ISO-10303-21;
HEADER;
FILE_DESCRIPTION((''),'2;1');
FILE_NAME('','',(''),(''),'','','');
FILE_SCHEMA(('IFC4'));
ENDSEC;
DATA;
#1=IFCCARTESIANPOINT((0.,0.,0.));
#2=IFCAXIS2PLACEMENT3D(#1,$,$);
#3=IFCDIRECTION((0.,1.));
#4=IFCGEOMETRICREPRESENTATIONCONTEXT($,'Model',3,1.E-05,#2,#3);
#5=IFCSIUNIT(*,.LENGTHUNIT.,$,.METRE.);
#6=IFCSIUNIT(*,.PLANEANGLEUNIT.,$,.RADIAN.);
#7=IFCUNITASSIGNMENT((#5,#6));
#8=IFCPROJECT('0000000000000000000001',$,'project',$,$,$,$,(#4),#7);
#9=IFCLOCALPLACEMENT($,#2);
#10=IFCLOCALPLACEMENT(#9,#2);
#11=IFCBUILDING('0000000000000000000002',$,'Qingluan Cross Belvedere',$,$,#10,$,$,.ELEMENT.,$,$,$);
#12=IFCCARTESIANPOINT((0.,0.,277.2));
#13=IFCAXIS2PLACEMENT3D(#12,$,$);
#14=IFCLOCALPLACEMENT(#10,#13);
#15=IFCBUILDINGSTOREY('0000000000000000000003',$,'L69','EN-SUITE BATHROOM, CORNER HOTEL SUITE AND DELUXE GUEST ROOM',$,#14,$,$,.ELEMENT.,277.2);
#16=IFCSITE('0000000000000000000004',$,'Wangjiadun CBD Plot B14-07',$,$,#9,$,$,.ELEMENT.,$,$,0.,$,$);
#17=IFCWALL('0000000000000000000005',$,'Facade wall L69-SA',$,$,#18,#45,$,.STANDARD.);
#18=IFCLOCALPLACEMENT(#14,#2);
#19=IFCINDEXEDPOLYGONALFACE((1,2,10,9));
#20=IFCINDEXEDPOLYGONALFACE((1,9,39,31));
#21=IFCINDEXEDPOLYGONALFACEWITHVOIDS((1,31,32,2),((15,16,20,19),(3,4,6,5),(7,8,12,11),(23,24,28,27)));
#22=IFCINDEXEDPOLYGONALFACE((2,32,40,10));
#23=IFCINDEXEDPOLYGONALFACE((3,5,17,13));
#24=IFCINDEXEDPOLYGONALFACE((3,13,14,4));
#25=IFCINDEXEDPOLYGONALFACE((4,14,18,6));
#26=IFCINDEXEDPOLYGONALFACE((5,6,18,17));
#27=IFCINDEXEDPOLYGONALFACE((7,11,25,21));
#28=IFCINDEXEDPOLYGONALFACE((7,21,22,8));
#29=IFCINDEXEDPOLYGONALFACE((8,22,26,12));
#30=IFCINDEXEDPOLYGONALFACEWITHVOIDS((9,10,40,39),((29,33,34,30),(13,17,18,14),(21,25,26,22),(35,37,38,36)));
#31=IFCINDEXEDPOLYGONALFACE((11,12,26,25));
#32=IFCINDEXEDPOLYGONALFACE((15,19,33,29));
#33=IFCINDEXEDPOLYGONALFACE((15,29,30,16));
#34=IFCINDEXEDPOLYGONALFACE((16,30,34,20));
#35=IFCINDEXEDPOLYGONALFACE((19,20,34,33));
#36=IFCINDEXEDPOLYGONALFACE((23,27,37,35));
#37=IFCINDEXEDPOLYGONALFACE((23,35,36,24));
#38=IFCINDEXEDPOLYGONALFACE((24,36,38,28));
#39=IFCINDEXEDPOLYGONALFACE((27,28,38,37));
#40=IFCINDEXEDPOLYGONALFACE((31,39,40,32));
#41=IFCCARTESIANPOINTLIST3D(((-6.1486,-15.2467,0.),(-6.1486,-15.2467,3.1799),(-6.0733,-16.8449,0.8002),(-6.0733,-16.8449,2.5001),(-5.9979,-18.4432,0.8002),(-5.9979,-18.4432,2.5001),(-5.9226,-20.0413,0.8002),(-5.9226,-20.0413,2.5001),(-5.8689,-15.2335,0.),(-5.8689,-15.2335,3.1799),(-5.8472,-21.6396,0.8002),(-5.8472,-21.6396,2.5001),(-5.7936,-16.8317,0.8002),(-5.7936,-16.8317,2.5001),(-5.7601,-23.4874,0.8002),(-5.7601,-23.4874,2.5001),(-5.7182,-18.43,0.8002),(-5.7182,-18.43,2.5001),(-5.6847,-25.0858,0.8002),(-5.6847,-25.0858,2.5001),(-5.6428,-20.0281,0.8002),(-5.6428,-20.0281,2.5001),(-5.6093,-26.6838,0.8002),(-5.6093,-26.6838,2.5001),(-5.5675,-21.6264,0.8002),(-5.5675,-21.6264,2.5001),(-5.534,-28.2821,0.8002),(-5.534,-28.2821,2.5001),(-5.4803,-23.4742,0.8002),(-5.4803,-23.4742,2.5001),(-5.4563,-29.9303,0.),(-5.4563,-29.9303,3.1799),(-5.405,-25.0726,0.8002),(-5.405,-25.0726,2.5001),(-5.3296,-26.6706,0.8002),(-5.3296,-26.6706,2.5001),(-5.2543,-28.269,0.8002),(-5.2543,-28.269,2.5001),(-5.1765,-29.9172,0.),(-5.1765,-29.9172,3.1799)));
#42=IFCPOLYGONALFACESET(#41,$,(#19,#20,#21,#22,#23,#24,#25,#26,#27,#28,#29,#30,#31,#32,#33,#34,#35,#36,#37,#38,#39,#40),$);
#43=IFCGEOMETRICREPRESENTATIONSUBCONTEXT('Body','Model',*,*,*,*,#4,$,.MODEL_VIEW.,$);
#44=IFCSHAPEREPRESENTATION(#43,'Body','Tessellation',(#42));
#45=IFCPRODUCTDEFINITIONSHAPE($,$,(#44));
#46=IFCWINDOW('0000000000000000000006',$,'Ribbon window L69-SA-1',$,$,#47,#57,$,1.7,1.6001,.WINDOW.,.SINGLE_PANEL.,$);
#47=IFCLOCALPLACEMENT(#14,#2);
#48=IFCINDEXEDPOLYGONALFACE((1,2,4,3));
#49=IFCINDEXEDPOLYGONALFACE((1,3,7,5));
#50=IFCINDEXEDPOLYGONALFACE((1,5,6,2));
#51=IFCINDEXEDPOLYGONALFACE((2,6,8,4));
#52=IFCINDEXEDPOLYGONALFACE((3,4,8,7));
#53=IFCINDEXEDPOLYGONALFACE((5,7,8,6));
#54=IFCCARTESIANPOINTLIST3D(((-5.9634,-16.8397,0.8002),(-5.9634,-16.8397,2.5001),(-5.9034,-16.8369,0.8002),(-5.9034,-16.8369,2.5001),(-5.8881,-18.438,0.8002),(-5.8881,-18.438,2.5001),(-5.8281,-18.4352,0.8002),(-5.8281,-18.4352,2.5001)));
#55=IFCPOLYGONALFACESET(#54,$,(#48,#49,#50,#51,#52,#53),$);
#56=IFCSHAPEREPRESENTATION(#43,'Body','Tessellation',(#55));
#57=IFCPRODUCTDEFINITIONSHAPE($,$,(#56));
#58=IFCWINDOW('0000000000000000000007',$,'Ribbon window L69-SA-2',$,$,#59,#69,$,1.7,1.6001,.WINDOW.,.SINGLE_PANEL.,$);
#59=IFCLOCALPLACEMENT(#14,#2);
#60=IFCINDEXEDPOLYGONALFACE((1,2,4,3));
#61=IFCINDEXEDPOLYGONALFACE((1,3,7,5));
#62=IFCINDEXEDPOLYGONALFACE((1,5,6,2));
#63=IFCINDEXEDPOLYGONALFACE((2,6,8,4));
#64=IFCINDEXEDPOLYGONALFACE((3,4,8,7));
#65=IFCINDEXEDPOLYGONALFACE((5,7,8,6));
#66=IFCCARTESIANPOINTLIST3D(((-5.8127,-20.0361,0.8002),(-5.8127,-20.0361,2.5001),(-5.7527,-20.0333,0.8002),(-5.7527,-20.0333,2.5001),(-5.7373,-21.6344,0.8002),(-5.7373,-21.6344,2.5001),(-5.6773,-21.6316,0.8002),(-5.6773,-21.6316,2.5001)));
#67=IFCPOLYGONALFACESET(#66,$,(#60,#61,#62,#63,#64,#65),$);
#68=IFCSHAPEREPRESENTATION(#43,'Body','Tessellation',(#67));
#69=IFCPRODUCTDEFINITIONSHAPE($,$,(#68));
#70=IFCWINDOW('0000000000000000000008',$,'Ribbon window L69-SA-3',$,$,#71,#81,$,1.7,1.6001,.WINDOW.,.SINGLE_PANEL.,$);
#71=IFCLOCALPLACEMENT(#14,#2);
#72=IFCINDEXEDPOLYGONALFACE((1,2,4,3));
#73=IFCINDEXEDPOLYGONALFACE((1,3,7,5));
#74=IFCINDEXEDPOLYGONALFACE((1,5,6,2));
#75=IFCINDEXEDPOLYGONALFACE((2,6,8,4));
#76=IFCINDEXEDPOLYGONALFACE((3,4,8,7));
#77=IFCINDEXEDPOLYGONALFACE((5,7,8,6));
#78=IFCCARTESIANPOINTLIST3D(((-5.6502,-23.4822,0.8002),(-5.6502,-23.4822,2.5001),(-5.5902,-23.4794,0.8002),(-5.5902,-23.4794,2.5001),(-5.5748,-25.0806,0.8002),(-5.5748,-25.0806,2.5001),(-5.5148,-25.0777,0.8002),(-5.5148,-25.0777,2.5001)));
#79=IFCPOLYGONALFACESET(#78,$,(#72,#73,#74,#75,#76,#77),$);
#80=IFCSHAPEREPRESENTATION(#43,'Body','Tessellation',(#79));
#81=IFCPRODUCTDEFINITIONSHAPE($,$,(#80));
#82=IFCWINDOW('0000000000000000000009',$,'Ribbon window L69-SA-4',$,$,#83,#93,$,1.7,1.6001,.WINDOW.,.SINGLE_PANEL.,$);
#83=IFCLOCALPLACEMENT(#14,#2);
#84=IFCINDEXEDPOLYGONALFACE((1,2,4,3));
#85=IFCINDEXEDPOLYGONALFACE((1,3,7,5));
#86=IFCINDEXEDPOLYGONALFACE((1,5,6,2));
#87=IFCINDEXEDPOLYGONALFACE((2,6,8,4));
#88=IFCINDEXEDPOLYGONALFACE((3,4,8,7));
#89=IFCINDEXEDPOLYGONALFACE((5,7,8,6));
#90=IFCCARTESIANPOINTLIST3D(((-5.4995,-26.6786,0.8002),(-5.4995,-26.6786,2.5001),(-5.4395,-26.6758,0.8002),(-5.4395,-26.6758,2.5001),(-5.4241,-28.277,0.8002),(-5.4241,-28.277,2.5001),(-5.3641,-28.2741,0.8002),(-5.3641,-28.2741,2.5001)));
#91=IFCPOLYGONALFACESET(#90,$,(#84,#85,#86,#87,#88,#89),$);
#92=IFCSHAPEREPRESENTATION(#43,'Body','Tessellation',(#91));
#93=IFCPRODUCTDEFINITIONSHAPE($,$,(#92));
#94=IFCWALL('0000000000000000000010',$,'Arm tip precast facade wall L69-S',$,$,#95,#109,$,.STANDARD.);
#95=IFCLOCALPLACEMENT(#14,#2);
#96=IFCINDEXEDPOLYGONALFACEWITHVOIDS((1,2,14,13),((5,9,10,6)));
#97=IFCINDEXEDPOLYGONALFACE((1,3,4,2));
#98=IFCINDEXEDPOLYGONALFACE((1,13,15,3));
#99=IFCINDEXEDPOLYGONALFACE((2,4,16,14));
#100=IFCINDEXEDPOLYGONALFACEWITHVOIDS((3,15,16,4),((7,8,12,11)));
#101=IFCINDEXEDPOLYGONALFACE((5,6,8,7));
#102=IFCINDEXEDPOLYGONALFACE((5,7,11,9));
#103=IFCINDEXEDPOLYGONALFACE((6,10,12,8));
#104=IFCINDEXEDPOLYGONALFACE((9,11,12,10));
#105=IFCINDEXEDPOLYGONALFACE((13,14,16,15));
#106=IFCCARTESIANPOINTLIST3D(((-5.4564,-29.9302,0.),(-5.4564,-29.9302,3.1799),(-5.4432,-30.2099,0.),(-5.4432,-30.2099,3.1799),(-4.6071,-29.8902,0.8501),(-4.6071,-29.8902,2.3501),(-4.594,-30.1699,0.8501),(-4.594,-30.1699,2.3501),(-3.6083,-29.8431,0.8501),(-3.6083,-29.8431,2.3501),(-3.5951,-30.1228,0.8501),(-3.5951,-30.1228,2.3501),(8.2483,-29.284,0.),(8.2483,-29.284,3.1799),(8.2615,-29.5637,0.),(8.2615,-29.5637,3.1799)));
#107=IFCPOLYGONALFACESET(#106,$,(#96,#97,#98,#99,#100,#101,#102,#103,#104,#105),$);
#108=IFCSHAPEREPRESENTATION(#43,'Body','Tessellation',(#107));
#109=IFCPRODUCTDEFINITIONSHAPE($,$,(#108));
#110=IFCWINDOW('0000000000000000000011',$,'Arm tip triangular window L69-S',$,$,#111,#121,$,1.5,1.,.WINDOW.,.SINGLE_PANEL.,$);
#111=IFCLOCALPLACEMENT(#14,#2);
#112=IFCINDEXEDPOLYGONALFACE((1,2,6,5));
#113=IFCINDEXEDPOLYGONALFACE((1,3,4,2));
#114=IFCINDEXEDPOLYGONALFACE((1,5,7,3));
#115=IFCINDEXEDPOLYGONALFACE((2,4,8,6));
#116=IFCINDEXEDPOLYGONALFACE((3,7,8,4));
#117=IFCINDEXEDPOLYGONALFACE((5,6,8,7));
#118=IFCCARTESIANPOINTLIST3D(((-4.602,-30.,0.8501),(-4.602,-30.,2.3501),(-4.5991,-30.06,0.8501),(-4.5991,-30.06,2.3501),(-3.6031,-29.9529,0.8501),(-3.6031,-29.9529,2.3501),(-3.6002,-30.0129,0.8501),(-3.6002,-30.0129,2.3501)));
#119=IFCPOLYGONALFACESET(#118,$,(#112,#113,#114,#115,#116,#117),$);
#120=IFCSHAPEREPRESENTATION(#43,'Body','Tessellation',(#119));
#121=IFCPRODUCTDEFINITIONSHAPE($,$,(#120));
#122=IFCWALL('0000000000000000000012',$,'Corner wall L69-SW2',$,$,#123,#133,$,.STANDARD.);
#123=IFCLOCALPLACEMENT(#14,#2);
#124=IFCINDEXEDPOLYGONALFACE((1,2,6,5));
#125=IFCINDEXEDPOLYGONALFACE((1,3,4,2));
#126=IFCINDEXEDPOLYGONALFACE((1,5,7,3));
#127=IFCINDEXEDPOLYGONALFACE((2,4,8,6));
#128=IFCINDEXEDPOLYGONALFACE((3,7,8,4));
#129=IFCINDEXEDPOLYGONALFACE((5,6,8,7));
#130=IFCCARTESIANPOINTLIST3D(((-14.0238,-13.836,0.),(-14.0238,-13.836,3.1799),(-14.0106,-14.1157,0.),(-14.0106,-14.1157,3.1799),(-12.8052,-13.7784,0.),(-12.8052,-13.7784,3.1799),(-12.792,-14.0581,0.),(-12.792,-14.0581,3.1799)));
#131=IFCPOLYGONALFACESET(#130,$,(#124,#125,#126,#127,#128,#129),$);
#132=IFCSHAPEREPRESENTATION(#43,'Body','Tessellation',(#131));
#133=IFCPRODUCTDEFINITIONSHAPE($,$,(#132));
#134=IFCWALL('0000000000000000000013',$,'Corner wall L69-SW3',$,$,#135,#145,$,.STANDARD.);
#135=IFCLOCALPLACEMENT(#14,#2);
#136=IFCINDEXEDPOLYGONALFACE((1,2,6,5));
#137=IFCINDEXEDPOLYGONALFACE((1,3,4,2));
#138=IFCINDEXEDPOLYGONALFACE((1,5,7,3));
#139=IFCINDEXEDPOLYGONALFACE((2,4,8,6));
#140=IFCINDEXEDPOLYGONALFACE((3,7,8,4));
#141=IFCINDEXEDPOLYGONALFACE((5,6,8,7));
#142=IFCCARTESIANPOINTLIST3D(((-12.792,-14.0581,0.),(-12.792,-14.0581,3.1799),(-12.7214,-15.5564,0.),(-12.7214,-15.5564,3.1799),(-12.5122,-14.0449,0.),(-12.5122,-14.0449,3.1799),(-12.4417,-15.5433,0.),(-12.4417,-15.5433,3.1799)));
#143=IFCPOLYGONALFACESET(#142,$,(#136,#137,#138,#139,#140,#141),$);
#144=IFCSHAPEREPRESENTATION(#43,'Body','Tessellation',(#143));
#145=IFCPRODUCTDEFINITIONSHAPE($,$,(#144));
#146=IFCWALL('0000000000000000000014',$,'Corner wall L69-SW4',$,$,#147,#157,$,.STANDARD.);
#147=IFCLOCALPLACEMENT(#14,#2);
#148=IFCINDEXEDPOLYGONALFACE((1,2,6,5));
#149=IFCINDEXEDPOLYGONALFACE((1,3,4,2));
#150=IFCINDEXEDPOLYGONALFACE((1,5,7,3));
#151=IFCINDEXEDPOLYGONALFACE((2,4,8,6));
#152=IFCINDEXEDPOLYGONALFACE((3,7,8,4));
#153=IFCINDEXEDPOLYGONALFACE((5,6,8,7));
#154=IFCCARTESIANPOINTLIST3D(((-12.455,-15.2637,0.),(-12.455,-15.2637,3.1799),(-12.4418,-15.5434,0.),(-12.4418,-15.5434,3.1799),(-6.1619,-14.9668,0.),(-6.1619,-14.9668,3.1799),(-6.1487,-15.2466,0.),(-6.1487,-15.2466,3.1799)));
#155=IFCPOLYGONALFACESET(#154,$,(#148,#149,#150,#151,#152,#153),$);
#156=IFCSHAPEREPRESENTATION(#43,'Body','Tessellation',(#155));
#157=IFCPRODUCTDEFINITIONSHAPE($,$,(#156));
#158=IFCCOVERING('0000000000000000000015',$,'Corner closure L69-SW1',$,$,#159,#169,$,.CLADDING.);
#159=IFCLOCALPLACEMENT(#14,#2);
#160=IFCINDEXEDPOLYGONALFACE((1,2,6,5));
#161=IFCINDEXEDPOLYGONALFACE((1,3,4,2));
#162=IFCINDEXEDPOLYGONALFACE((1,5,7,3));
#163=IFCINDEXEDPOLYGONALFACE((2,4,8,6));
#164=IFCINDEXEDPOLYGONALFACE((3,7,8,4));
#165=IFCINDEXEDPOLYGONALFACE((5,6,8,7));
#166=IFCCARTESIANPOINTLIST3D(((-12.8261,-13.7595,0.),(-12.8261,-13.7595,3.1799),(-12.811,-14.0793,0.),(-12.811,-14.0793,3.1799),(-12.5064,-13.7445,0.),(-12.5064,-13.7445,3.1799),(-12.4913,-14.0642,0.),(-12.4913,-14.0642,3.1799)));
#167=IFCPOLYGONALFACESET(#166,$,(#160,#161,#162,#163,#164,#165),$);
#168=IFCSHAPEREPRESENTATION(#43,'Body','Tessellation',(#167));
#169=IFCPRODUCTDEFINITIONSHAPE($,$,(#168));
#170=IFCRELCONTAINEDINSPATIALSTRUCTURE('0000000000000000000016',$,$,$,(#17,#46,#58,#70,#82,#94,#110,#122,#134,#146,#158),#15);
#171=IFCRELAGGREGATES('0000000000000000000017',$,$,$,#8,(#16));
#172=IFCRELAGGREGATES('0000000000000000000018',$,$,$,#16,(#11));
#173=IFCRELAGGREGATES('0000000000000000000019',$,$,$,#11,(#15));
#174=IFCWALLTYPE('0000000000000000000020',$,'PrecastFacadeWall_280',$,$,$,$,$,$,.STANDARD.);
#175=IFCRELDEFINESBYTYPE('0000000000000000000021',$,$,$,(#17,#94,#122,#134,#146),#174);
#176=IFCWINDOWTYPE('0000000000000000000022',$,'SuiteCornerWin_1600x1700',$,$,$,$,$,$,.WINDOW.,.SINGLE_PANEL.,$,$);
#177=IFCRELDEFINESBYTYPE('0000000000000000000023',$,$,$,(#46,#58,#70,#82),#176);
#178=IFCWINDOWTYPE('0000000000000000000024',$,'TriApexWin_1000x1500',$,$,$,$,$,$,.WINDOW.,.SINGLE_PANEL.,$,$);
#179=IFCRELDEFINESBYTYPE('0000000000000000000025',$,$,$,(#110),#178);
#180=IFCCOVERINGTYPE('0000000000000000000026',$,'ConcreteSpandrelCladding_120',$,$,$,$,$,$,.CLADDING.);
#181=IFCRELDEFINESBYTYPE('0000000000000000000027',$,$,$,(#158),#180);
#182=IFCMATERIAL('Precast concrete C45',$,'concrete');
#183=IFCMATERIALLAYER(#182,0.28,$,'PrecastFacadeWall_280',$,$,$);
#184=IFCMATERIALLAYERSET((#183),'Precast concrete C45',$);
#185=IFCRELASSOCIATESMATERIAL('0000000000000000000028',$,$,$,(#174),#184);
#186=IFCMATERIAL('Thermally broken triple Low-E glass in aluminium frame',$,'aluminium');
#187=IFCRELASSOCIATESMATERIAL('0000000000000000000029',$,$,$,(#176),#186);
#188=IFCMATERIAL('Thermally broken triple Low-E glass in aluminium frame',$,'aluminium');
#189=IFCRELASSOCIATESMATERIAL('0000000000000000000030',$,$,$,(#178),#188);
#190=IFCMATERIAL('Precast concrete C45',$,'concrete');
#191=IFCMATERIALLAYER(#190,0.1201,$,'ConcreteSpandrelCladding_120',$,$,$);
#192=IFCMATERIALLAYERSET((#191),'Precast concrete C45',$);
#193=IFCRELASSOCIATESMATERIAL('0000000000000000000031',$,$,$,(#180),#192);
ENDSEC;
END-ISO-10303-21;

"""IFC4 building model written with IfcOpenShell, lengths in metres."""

from ifc_helpers import new_model, si_unit, direction, frame, frame_2d, origin, origin_2d, place, context, subcontext, project, spatial, rectangle, extrude, material, layer, layer_set, type_object, element, fill, save


model = new_model("IFC4")

# Units and contexts
model_context = context("Model", 3, precision=1e-05, world=origin(), true_north=direction((0.0, 1.0)))
body_context = subcontext(model_context, "Body", "Model", "MODEL_VIEW")
ifc_project = project(units=[si_unit("LENGTHUNIT", "METRE"), si_unit("PLANEANGLEUNIT", "RADIAN")], contexts=[model_context])

# Site, building, storey
site_placement = place(None, origin())
site = spatial("IfcSite", under=ifc_project, at=site_placement, Name="Wangjiadun CBD Plot B14-07", CompositionType="ELEMENT", RefElevation=0.0)
building_placement = place(site_placement, origin())
building = spatial("IfcBuilding", under=site, at=building_placement, Name="Qingluan Cross Belvedere", CompositionType="ELEMENT")
storey_placement = place(building_placement, frame((0.0, 0.0, 277.2)))
storey = spatial("IfcBuildingStorey", under=building, at=storey_placement, Name="L69", Description="EN-SUITE BATHROOM, CORNER HOTEL SUITE AND DELUXE GUEST ROOM", CompositionType="ELEMENT", Elevation=277.2)

# Wall, openings, windows
ifc_material_1 = material(Name="Precast concrete C45", Category="concrete")
ifc_layer_1 = layer(ifc_material_1, 0.28, Name="PrecastFacadeWall_280")
ifc_layer_set_1 = layer_set([ifc_layer_1], Name="Precast concrete C45")
wall_type_1 = type_object("IfcWallType", Name="PrecastFacadeWall_280", PredefinedType="STANDARD", material=ifc_layer_set_1)
wall_1_placement = place(storey_placement, frame((-6.0088, -15.24, 0.0), z_axis=(0.0, 0.0, 1.0), x_axis=(0.047101, -0.99889, 0.0)))
wall_1 = element("IfcWall", 1, at=wall_1_placement, inside=storey, type_object=wall_type_1, Name="Facade wall L69-SA", PredefinedType="STANDARD", context=body_context, shape_type="SweptSolid", body=[
    extrude(rectangle(XDim=14.7, YDim=0.28, at=frame_2d((7.3501, 0.0))), origin(), (0.0, 0.0, 1.0), 3.1799),
])
opening_1_placement = place(wall_1_placement, frame((1.6001, 0.0, 0.8)))
opening_1 = element("IfcOpeningElement", 2, at=opening_1_placement, cuts=wall_1, PredefinedType="OPENING", context=body_context, shape_type="SweptSolid", body=[
    extrude(rectangle(XDim=1.6001, YDim=1.7, at=frame_2d((0.8, 0.8501))), frame((0.0, 0.1499, 0.0), z_axis=(0.0, -1.0, 0.0), x_axis=(1.0, 0.0, 0.0)), (0.0, 0.0, 1.0), 0.3),
])
opening_2_placement = place(wall_1_placement, frame((4.8, 0.0, 0.8)))
opening_2 = element("IfcOpeningElement", 3, at=opening_2_placement, cuts=wall_1, PredefinedType="OPENING", context=body_context, shape_type="SweptSolid", body=[
    extrude(rectangle(XDim=1.6001, YDim=1.7, at=frame_2d((0.8, 0.8501))), frame((0.0, 0.1499, 0.0), z_axis=(0.0, -1.0, 0.0), x_axis=(1.0, 0.0, 0.0)), (0.0, 0.0, 1.0), 0.3),
])
opening_3_placement = place(wall_1_placement, frame((8.25, 0.0, 0.8)))
opening_3 = element("IfcOpeningElement", 4, at=opening_3_placement, cuts=wall_1, PredefinedType="OPENING", context=body_context, shape_type="SweptSolid", body=[
    extrude(rectangle(XDim=1.6001, YDim=1.7, at=frame_2d((0.8, 0.8501))), frame((0.0, 0.1499, 0.0), z_axis=(0.0, -1.0, 0.0), x_axis=(1.0, 0.0, 0.0)), (0.0, 0.0, 1.0), 0.3),
])
opening_4_placement = place(wall_1_placement, frame((11.45, 0.0, 0.8)))
opening_4 = element("IfcOpeningElement", 5, at=opening_4_placement, cuts=wall_1, PredefinedType="OPENING", context=body_context, shape_type="SweptSolid", body=[
    extrude(rectangle(XDim=1.6001, YDim=1.7, at=frame_2d((0.8, 0.8501))), frame((0.0, 0.1499, 0.0), z_axis=(0.0, -1.0, 0.0), x_axis=(1.0, 0.0, 0.0)), (0.0, 0.0, 1.0), 0.3),
])
ifc_material_2 = material(Name="Thermally broken triple Low-E glass in aluminium frame", Category="aluminium")
window_type_1 = type_object("IfcWindowType", Name="SuiteCornerWin_1600x1700", PartitioningType="SINGLE_PANEL", PredefinedType="WINDOW", material=ifc_material_2)
window_1_placement = place(opening_1_placement, origin())
window_1 = element("IfcWindow", 6, at=window_1_placement, inside=storey, type_object=window_type_1, Name="Ribbon window L69-SA-1", OverallHeight=1.7, OverallWidth=1.6001, PartitioningType="SINGLE_PANEL", PredefinedType="WINDOW", context=body_context, shape_type="SweptSolid", body=[
    extrude(rectangle(XDim=1.6001, YDim=1.7, at=frame_2d((0.8, 0.8501))), frame((0.0, 0.03, 0.0), z_axis=(0.0, -1.0, 0.0), x_axis=(1.0, 0.0, 0.0)), (0.0, 0.0, 1.0), 0.0601),
])
fill(opening_1, window_1)
window_2_placement = place(opening_2_placement, origin())
window_2 = element("IfcWindow", 7, at=window_2_placement, inside=storey, type_object=window_type_1, Name="Ribbon window L69-SA-2", OverallHeight=1.7, OverallWidth=1.6001, PartitioningType="SINGLE_PANEL", PredefinedType="WINDOW", context=body_context, shape_type="SweptSolid", body=[
    extrude(rectangle(XDim=1.6001, YDim=1.7, at=frame_2d((0.8, 0.8501))), frame((0.0, 0.03, 0.0), z_axis=(0.0, -1.0, 0.0), x_axis=(1.0, 0.0, 0.0)), (0.0, 0.0, 1.0), 0.0601),
])
fill(opening_2, window_2)
window_3_placement = place(opening_3_placement, origin())
window_3 = element("IfcWindow", 8, at=window_3_placement, inside=storey, type_object=window_type_1, Name="Ribbon window L69-SA-3", OverallHeight=1.7, OverallWidth=1.6001, PartitioningType="SINGLE_PANEL", PredefinedType="WINDOW", context=body_context, shape_type="SweptSolid", body=[
    extrude(rectangle(XDim=1.6001, YDim=1.7, at=frame_2d((0.8, 0.8501))), frame((0.0, 0.03, 0.0), z_axis=(0.0, -1.0, 0.0), x_axis=(1.0, 0.0, 0.0)), (0.0, 0.0, 1.0), 0.0601),
])
fill(opening_3, window_3)
window_4_placement = place(opening_4_placement, origin())
window_4 = element("IfcWindow", 9, at=window_4_placement, inside=storey, type_object=window_type_1, Name="Ribbon window L69-SA-4", OverallHeight=1.7, OverallWidth=1.6001, PartitioningType="SINGLE_PANEL", PredefinedType="WINDOW", context=body_context, shape_type="SweptSolid", body=[
    extrude(rectangle(XDim=1.6001, YDim=1.7, at=frame_2d((0.8, 0.8501))), frame((0.0, 0.03, 0.0), z_axis=(0.0, -1.0, 0.0), x_axis=(1.0, 0.0, 0.0)), (0.0, 0.0, 1.0), 0.0601),
])
fill(opening_4, window_4)

# Wall, opening, window
wall_2_placement = place(storey_placement, frame((-5.4497, -30.0701, 0.0), z_axis=(0.0, 0.0, 1.0), x_axis=(0.99889, 0.047102, 0.0)))
wall_2 = element("IfcWall", 10, at=wall_2_placement, inside=storey, type_object=wall_type_1, Name="Arm tip precast facade wall L69-S", PredefinedType="STANDARD", context=body_context, shape_type="SweptSolid", body=[
    extrude(rectangle(XDim=13.72, YDim=0.28, at=frame_2d((6.8599, 0.0))), origin(), (0.0, 0.0, 1.0), 3.1799),
])
opening_5_placement = place(wall_2_placement, frame((0.8501, 0.0, 0.8501)))
opening_5 = element("IfcOpeningElement", 11, at=opening_5_placement, cuts=wall_2, PredefinedType="OPENING", context=body_context, shape_type="SweptSolid", body=[
    extrude(rectangle(XDim=1.0, YDim=1.5, at=frame_2d((0.5, 0.75))), frame((0.0, 0.1499, 0.0), z_axis=(0.0, -1.0, 0.0), x_axis=(1.0, 0.0, 0.0)), (0.0, 0.0, 1.0), 0.3),
])
ifc_material_3 = material(Name="Thermally broken triple Low-E glass in aluminium frame", Category="aluminium")
window_type_2 = type_object("IfcWindowType", Name="TriApexWin_1000x1500", PartitioningType="SINGLE_PANEL", PredefinedType="WINDOW", material=ifc_material_3)
window_5_placement = place(opening_5_placement, origin())
window_5 = element("IfcWindow", 12, at=window_5_placement, inside=storey, type_object=window_type_2, Name="Arm tip triangular window L69-S", OverallHeight=1.5, OverallWidth=1.0, PartitioningType="SINGLE_PANEL", PredefinedType="WINDOW", context=body_context, shape_type="SweptSolid", body=[
    extrude(rectangle(XDim=1.0, YDim=1.5, at=frame_2d((0.5, 0.75))), frame((0.0, 0.03, 0.0), z_axis=(0.0, -1.0, 0.0), x_axis=(1.0, 0.0, 0.0)), (0.0, 0.0, 1.0), 0.0601),
])
fill(opening_5, window_5)

# Walls
wall_3_placement = place(storey_placement, frame((-14.0171, -13.9758, 0.0), z_axis=(0.0, 0.0, 1.0), x_axis=(0.998884, 0.047232, 0.0)))
element("IfcWall", 13, at=wall_3_placement, inside=storey, type_object=wall_type_1, Name="Corner wall L69-SW2", PredefinedType="STANDARD", context=body_context, shape_type="SweptSolid", body=[
    extrude(rectangle(XDim=1.22, YDim=0.28, at=frame_2d((0.6099, 0.0))), origin(), (0.0, 0.0, 1.0), 3.1799),
])
wall_4_placement = place(storey_placement, frame((-12.6521, -14.0515, 0.0), z_axis=(0.0, 0.0, 1.0), x_axis=(0.047039, -0.998893, 0.0)))
element("IfcWall", 14, at=wall_4_placement, inside=storey, type_object=wall_type_1, Name="Corner wall L69-SW3", PredefinedType="STANDARD", context=body_context, shape_type="SweptSolid", body=[
    extrude(rectangle(XDim=1.5, YDim=0.28, at=frame_2d((0.75, 0.0))), origin(), (0.0, 0.0, 1.0), 3.1799),
])
wall_5_placement = place(storey_placement, frame((-12.4482, -15.4036, 0.0), z_axis=(0.0, 0.0, 1.0), x_axis=(0.998889, 0.047123, 0.0)))
element("IfcWall", 15, at=wall_5_placement, inside=storey, type_object=wall_type_1, Name="Corner wall L69-SW4", PredefinedType="STANDARD", context=body_context, shape_type="SweptSolid", body=[
    extrude(rectangle(XDim=6.3, YDim=0.28, at=frame_2d((3.1499, 0.0))), origin(), (0.0, 0.0, 1.0), 3.1799),
])

# Covering
ifc_material_4 = material(Name="Precast concrete C45", Category="concrete")
ifc_layer_2 = layer(ifc_material_4, 0.1201, Name="ConcreteSpandrelCladding_120")
ifc_layer_set_2 = layer_set([ifc_layer_2], Name="Precast concrete C45")
covering_type = type_object("IfcCoveringType", Name="ConcreteSpandrelCladding_120", PredefinedType="CLADDING", material=ifc_layer_set_2)
for number, where, z_axis, x_axis, name in (
    (16, (-12.6587, -13.9119, 0.0), (0.0, 0.0, 1.0), (0.99889, 0.047106, 0.0), "Corner closure L69-SW1"),
):
    element("IfcCovering", number, at=place(storey_placement, frame(where, z_axis=z_axis, x_axis=x_axis)), inside=storey, type_object=covering_type, Name=name, PredefinedType="CLADDING", context=body_context, shape_type="SweptSolid", body=[
        extrude(rectangle(XDim=0.3201, YDim=0.3201, at=origin_2d()), origin(), (0.0, 0.0, 1.0), 3.1799),
    ])

save(model, "model.ifc")
